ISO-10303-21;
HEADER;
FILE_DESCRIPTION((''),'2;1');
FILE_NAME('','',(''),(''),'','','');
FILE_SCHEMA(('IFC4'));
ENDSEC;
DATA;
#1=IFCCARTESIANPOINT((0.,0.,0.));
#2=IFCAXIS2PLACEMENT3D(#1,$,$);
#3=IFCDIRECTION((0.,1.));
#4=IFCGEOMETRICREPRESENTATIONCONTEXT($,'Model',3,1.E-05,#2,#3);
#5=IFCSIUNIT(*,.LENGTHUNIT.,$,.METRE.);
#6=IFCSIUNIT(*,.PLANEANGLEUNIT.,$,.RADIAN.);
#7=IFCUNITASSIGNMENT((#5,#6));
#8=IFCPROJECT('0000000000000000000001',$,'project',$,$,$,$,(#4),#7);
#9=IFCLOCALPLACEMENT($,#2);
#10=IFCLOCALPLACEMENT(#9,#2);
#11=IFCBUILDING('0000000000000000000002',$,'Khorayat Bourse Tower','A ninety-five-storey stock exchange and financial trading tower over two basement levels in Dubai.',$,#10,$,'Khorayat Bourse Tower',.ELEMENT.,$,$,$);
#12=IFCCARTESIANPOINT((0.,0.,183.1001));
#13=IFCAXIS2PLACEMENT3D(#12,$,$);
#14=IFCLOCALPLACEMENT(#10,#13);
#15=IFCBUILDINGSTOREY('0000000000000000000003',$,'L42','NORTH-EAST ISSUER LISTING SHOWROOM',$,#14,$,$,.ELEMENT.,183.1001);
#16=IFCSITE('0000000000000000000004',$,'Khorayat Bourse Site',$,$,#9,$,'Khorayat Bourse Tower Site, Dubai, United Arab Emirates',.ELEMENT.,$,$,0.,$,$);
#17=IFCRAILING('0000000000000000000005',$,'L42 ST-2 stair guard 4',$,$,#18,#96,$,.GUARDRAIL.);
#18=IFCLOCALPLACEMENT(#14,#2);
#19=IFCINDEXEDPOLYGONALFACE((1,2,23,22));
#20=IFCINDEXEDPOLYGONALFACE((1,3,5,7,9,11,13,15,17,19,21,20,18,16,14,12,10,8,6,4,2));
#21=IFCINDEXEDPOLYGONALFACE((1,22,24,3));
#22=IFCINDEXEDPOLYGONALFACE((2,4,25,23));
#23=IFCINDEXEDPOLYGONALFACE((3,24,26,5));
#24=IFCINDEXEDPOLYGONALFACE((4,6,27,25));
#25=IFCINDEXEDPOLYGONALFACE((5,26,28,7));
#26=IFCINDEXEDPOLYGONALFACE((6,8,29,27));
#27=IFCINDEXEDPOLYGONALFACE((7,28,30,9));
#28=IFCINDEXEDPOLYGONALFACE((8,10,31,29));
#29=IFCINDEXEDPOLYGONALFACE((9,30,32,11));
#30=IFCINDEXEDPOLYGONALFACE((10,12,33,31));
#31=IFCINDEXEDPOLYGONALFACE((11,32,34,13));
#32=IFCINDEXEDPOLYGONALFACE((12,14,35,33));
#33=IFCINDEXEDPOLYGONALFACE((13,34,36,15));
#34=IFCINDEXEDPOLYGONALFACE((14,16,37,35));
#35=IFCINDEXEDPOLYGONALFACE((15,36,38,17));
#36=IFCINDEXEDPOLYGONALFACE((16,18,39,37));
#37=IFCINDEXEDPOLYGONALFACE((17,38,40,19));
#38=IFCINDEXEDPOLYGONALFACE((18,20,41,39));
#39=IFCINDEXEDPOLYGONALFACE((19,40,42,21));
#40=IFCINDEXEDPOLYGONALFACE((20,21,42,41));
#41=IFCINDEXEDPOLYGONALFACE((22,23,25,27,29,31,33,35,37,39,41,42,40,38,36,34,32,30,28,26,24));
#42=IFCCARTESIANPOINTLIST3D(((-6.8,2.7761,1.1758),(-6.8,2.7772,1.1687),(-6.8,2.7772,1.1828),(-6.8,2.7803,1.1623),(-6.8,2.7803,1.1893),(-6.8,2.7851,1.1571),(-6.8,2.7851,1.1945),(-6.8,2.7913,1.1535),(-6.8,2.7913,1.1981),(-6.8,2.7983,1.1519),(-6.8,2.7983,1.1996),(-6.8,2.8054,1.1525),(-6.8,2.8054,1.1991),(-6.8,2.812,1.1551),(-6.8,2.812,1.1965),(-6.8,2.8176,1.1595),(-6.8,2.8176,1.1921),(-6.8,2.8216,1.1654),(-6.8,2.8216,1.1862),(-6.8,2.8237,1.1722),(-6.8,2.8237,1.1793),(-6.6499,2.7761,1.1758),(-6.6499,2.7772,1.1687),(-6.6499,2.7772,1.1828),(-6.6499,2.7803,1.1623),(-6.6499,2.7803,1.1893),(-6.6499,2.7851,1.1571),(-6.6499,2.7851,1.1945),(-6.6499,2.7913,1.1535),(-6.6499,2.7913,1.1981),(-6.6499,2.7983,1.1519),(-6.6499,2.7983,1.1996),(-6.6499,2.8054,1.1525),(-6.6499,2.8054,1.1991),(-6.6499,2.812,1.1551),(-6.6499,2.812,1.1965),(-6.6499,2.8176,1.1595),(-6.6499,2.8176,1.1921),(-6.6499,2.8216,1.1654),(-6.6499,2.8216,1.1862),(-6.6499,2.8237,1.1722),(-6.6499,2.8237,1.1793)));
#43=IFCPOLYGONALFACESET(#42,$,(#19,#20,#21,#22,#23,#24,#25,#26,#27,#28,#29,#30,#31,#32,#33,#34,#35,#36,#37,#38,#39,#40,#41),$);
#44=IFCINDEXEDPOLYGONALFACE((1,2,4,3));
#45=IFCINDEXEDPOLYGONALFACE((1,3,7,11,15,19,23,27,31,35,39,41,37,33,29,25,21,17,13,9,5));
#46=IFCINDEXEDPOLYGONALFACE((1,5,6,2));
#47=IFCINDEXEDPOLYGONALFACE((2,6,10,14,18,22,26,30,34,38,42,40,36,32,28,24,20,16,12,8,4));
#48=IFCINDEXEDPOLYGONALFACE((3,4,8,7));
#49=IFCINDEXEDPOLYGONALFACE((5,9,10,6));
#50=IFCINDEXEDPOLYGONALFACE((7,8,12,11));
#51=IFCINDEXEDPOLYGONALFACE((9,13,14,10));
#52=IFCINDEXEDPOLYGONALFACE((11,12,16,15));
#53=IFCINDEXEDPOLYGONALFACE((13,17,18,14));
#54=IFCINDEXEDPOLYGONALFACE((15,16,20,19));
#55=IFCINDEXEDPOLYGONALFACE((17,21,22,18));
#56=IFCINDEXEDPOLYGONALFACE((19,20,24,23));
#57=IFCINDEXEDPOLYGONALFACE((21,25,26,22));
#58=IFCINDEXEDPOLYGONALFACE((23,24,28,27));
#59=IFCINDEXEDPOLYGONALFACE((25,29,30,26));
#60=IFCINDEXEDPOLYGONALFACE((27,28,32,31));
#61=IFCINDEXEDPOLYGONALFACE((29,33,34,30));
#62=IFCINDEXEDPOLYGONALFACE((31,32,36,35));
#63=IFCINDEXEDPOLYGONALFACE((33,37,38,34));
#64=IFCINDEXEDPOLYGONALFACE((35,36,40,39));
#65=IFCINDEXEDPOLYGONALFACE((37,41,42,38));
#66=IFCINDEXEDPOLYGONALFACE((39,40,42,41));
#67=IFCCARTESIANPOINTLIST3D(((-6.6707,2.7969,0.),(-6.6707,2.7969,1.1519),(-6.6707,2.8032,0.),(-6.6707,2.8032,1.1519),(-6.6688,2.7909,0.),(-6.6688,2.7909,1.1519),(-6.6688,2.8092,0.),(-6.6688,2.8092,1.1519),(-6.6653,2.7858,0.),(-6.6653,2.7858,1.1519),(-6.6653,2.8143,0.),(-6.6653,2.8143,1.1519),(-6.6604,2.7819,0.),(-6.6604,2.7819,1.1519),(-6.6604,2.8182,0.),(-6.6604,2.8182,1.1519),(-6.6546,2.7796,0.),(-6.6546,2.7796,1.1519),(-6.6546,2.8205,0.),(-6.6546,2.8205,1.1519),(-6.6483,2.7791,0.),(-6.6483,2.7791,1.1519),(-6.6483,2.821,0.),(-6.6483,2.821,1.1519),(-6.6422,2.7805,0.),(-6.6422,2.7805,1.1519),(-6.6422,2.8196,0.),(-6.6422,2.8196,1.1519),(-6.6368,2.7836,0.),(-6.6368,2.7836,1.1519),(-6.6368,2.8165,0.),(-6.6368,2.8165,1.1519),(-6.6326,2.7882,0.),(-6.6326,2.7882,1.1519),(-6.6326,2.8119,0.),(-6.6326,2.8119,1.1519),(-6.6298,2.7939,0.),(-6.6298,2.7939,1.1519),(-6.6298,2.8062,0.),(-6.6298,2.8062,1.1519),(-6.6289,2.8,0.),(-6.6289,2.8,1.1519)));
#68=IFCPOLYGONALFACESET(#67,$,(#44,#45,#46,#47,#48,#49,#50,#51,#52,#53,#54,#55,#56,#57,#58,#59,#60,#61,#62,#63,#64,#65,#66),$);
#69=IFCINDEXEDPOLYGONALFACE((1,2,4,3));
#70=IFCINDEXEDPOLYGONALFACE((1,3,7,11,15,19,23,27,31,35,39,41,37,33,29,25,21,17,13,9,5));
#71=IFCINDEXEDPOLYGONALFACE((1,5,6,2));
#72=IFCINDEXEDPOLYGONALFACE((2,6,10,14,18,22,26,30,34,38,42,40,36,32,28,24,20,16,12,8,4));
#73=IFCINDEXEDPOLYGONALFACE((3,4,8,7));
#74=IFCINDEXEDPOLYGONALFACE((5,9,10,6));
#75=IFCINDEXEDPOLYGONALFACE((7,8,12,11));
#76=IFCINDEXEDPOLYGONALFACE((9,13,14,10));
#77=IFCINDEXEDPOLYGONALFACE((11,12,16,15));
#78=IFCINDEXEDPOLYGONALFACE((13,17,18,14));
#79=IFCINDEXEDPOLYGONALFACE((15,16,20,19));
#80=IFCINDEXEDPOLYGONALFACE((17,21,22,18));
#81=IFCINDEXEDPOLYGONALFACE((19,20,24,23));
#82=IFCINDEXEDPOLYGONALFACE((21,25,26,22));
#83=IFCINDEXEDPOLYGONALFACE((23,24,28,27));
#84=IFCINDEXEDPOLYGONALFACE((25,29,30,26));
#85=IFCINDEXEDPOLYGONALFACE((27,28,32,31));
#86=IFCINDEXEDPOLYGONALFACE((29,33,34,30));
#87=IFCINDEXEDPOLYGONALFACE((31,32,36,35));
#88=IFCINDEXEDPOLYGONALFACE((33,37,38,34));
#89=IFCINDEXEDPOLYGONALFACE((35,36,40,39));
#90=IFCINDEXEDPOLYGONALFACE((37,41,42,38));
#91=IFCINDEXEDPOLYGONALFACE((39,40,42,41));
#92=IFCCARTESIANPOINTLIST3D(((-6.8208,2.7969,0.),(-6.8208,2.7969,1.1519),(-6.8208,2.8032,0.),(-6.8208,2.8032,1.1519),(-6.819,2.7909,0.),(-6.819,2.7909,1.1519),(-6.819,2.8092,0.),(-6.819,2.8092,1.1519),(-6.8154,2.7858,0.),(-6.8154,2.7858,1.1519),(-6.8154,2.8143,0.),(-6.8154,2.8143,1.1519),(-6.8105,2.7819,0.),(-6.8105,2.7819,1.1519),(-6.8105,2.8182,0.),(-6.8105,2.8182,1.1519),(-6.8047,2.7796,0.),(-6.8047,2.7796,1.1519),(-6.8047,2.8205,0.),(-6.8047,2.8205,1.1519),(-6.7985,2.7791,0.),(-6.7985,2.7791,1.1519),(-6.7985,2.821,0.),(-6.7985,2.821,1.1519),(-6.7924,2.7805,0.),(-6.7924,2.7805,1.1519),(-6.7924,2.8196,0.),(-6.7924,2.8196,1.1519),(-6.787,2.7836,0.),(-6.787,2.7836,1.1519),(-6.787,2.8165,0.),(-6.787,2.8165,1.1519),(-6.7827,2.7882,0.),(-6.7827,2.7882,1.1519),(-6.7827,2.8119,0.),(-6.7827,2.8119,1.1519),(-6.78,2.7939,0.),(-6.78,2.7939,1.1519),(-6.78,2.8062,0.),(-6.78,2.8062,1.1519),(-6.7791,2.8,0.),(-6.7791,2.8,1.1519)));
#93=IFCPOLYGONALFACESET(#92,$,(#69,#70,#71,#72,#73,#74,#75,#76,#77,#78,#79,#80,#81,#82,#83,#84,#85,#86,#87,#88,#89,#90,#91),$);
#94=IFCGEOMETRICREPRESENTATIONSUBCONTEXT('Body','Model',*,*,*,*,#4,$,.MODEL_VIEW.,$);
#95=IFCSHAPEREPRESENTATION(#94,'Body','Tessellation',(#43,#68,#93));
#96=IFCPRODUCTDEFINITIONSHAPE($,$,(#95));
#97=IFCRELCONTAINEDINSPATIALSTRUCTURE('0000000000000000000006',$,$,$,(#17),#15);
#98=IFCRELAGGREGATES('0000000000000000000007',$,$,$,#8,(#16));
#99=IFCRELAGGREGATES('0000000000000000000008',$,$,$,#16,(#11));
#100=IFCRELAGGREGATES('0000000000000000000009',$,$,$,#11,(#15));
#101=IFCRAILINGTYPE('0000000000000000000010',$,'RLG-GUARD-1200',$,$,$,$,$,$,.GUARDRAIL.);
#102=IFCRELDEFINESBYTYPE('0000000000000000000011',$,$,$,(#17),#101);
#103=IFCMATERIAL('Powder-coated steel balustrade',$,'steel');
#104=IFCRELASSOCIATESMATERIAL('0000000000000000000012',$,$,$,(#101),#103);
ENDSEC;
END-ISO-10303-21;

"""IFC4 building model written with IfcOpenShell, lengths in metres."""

from ifc_helpers import new_model, si_unit, direction, frame, origin, origin_2d, place, context, subcontext, project, spatial, circle, extrude, source, transform, mapped, material, type_object, element, save


model = new_model("IFC4")

# Units and contexts
model_context = context("Model", 3, precision=1e-05, world=origin(), true_north=direction((0.0, 1.0)))
body_context = subcontext(model_context, "Body", "Model", "MODEL_VIEW")
ifc_project = project(units=[si_unit("LENGTHUNIT", "METRE"), si_unit("PLANEANGLEUNIT", "RADIAN")], contexts=[model_context])

# Site, building, storey
site_placement = place(None, origin())
site = spatial("IfcSite", under=ifc_project, at=site_placement, Name="Khorayat Bourse Site", LongName="Khorayat Bourse Tower Site, Dubai, United Arab Emirates", CompositionType="ELEMENT", RefElevation=0.0)
building_placement = place(site_placement, origin())
building = spatial("IfcBuilding", under=site, at=building_placement, Name="Khorayat Bourse Tower", Description="A ninety-five-storey stock exchange and financial trading tower over two basement levels in Dubai.", LongName="Khorayat Bourse Tower", CompositionType="ELEMENT")
storey_placement = place(building_placement, frame((0.0, 0.0, 183.1001)))
storey = spatial("IfcBuildingStorey", under=building, at=storey_placement, Name="L42", Description="NORTH-EAST ISSUER LISTING SHOWROOM", CompositionType="ELEMENT", Elevation=183.1001)

# Railing
ifc_material_1 = material(Name="Powder-coated steel balustrade", Category="steel")
railing_type_1 = type_object("IfcRailingType", Name="RLG-GUARD-1200", PredefinedType="GUARDRAIL", material=ifc_material_1)
shared_shape_1 = source(origin(), body_context, "Body", "SweptSolid", [
    extrude(circle(Radius=0.0239, at=origin_2d()), frame((0.0, 0.0, 1.1758), z_axis=(-1.0, 0.0, 0.0), x_axis=(0.0, -1.0, 0.0)), (0.0, 0.0, 1.0), 0.1501),
    extrude(circle(Radius=0.021, at=origin_2d()), origin(), (0.0, 0.0, 1.0), 1.1519),
    extrude(circle(Radius=0.021, at=origin_2d()), frame((-0.1501, 0.0, 0.0)), (0.0, 0.0, 1.0), 1.1519),
])
for number, where, name in (
    (1, (-6.6499, 2.8, 0.0), "L42 ST-2 stair guard 4"),
):
    element("IfcRailing", number, at=place(storey_placement, frame(where)), inside=storey, type_object=railing_type_1, Name=name, PredefinedType="GUARDRAIL", context=body_context, shape_type="MappedRepresentation", body=[
        mapped(shared_shape_1, transform((0.0, 0.0, 0.0), scale=1.0)),
    ])

save(model, "model.ifc")
